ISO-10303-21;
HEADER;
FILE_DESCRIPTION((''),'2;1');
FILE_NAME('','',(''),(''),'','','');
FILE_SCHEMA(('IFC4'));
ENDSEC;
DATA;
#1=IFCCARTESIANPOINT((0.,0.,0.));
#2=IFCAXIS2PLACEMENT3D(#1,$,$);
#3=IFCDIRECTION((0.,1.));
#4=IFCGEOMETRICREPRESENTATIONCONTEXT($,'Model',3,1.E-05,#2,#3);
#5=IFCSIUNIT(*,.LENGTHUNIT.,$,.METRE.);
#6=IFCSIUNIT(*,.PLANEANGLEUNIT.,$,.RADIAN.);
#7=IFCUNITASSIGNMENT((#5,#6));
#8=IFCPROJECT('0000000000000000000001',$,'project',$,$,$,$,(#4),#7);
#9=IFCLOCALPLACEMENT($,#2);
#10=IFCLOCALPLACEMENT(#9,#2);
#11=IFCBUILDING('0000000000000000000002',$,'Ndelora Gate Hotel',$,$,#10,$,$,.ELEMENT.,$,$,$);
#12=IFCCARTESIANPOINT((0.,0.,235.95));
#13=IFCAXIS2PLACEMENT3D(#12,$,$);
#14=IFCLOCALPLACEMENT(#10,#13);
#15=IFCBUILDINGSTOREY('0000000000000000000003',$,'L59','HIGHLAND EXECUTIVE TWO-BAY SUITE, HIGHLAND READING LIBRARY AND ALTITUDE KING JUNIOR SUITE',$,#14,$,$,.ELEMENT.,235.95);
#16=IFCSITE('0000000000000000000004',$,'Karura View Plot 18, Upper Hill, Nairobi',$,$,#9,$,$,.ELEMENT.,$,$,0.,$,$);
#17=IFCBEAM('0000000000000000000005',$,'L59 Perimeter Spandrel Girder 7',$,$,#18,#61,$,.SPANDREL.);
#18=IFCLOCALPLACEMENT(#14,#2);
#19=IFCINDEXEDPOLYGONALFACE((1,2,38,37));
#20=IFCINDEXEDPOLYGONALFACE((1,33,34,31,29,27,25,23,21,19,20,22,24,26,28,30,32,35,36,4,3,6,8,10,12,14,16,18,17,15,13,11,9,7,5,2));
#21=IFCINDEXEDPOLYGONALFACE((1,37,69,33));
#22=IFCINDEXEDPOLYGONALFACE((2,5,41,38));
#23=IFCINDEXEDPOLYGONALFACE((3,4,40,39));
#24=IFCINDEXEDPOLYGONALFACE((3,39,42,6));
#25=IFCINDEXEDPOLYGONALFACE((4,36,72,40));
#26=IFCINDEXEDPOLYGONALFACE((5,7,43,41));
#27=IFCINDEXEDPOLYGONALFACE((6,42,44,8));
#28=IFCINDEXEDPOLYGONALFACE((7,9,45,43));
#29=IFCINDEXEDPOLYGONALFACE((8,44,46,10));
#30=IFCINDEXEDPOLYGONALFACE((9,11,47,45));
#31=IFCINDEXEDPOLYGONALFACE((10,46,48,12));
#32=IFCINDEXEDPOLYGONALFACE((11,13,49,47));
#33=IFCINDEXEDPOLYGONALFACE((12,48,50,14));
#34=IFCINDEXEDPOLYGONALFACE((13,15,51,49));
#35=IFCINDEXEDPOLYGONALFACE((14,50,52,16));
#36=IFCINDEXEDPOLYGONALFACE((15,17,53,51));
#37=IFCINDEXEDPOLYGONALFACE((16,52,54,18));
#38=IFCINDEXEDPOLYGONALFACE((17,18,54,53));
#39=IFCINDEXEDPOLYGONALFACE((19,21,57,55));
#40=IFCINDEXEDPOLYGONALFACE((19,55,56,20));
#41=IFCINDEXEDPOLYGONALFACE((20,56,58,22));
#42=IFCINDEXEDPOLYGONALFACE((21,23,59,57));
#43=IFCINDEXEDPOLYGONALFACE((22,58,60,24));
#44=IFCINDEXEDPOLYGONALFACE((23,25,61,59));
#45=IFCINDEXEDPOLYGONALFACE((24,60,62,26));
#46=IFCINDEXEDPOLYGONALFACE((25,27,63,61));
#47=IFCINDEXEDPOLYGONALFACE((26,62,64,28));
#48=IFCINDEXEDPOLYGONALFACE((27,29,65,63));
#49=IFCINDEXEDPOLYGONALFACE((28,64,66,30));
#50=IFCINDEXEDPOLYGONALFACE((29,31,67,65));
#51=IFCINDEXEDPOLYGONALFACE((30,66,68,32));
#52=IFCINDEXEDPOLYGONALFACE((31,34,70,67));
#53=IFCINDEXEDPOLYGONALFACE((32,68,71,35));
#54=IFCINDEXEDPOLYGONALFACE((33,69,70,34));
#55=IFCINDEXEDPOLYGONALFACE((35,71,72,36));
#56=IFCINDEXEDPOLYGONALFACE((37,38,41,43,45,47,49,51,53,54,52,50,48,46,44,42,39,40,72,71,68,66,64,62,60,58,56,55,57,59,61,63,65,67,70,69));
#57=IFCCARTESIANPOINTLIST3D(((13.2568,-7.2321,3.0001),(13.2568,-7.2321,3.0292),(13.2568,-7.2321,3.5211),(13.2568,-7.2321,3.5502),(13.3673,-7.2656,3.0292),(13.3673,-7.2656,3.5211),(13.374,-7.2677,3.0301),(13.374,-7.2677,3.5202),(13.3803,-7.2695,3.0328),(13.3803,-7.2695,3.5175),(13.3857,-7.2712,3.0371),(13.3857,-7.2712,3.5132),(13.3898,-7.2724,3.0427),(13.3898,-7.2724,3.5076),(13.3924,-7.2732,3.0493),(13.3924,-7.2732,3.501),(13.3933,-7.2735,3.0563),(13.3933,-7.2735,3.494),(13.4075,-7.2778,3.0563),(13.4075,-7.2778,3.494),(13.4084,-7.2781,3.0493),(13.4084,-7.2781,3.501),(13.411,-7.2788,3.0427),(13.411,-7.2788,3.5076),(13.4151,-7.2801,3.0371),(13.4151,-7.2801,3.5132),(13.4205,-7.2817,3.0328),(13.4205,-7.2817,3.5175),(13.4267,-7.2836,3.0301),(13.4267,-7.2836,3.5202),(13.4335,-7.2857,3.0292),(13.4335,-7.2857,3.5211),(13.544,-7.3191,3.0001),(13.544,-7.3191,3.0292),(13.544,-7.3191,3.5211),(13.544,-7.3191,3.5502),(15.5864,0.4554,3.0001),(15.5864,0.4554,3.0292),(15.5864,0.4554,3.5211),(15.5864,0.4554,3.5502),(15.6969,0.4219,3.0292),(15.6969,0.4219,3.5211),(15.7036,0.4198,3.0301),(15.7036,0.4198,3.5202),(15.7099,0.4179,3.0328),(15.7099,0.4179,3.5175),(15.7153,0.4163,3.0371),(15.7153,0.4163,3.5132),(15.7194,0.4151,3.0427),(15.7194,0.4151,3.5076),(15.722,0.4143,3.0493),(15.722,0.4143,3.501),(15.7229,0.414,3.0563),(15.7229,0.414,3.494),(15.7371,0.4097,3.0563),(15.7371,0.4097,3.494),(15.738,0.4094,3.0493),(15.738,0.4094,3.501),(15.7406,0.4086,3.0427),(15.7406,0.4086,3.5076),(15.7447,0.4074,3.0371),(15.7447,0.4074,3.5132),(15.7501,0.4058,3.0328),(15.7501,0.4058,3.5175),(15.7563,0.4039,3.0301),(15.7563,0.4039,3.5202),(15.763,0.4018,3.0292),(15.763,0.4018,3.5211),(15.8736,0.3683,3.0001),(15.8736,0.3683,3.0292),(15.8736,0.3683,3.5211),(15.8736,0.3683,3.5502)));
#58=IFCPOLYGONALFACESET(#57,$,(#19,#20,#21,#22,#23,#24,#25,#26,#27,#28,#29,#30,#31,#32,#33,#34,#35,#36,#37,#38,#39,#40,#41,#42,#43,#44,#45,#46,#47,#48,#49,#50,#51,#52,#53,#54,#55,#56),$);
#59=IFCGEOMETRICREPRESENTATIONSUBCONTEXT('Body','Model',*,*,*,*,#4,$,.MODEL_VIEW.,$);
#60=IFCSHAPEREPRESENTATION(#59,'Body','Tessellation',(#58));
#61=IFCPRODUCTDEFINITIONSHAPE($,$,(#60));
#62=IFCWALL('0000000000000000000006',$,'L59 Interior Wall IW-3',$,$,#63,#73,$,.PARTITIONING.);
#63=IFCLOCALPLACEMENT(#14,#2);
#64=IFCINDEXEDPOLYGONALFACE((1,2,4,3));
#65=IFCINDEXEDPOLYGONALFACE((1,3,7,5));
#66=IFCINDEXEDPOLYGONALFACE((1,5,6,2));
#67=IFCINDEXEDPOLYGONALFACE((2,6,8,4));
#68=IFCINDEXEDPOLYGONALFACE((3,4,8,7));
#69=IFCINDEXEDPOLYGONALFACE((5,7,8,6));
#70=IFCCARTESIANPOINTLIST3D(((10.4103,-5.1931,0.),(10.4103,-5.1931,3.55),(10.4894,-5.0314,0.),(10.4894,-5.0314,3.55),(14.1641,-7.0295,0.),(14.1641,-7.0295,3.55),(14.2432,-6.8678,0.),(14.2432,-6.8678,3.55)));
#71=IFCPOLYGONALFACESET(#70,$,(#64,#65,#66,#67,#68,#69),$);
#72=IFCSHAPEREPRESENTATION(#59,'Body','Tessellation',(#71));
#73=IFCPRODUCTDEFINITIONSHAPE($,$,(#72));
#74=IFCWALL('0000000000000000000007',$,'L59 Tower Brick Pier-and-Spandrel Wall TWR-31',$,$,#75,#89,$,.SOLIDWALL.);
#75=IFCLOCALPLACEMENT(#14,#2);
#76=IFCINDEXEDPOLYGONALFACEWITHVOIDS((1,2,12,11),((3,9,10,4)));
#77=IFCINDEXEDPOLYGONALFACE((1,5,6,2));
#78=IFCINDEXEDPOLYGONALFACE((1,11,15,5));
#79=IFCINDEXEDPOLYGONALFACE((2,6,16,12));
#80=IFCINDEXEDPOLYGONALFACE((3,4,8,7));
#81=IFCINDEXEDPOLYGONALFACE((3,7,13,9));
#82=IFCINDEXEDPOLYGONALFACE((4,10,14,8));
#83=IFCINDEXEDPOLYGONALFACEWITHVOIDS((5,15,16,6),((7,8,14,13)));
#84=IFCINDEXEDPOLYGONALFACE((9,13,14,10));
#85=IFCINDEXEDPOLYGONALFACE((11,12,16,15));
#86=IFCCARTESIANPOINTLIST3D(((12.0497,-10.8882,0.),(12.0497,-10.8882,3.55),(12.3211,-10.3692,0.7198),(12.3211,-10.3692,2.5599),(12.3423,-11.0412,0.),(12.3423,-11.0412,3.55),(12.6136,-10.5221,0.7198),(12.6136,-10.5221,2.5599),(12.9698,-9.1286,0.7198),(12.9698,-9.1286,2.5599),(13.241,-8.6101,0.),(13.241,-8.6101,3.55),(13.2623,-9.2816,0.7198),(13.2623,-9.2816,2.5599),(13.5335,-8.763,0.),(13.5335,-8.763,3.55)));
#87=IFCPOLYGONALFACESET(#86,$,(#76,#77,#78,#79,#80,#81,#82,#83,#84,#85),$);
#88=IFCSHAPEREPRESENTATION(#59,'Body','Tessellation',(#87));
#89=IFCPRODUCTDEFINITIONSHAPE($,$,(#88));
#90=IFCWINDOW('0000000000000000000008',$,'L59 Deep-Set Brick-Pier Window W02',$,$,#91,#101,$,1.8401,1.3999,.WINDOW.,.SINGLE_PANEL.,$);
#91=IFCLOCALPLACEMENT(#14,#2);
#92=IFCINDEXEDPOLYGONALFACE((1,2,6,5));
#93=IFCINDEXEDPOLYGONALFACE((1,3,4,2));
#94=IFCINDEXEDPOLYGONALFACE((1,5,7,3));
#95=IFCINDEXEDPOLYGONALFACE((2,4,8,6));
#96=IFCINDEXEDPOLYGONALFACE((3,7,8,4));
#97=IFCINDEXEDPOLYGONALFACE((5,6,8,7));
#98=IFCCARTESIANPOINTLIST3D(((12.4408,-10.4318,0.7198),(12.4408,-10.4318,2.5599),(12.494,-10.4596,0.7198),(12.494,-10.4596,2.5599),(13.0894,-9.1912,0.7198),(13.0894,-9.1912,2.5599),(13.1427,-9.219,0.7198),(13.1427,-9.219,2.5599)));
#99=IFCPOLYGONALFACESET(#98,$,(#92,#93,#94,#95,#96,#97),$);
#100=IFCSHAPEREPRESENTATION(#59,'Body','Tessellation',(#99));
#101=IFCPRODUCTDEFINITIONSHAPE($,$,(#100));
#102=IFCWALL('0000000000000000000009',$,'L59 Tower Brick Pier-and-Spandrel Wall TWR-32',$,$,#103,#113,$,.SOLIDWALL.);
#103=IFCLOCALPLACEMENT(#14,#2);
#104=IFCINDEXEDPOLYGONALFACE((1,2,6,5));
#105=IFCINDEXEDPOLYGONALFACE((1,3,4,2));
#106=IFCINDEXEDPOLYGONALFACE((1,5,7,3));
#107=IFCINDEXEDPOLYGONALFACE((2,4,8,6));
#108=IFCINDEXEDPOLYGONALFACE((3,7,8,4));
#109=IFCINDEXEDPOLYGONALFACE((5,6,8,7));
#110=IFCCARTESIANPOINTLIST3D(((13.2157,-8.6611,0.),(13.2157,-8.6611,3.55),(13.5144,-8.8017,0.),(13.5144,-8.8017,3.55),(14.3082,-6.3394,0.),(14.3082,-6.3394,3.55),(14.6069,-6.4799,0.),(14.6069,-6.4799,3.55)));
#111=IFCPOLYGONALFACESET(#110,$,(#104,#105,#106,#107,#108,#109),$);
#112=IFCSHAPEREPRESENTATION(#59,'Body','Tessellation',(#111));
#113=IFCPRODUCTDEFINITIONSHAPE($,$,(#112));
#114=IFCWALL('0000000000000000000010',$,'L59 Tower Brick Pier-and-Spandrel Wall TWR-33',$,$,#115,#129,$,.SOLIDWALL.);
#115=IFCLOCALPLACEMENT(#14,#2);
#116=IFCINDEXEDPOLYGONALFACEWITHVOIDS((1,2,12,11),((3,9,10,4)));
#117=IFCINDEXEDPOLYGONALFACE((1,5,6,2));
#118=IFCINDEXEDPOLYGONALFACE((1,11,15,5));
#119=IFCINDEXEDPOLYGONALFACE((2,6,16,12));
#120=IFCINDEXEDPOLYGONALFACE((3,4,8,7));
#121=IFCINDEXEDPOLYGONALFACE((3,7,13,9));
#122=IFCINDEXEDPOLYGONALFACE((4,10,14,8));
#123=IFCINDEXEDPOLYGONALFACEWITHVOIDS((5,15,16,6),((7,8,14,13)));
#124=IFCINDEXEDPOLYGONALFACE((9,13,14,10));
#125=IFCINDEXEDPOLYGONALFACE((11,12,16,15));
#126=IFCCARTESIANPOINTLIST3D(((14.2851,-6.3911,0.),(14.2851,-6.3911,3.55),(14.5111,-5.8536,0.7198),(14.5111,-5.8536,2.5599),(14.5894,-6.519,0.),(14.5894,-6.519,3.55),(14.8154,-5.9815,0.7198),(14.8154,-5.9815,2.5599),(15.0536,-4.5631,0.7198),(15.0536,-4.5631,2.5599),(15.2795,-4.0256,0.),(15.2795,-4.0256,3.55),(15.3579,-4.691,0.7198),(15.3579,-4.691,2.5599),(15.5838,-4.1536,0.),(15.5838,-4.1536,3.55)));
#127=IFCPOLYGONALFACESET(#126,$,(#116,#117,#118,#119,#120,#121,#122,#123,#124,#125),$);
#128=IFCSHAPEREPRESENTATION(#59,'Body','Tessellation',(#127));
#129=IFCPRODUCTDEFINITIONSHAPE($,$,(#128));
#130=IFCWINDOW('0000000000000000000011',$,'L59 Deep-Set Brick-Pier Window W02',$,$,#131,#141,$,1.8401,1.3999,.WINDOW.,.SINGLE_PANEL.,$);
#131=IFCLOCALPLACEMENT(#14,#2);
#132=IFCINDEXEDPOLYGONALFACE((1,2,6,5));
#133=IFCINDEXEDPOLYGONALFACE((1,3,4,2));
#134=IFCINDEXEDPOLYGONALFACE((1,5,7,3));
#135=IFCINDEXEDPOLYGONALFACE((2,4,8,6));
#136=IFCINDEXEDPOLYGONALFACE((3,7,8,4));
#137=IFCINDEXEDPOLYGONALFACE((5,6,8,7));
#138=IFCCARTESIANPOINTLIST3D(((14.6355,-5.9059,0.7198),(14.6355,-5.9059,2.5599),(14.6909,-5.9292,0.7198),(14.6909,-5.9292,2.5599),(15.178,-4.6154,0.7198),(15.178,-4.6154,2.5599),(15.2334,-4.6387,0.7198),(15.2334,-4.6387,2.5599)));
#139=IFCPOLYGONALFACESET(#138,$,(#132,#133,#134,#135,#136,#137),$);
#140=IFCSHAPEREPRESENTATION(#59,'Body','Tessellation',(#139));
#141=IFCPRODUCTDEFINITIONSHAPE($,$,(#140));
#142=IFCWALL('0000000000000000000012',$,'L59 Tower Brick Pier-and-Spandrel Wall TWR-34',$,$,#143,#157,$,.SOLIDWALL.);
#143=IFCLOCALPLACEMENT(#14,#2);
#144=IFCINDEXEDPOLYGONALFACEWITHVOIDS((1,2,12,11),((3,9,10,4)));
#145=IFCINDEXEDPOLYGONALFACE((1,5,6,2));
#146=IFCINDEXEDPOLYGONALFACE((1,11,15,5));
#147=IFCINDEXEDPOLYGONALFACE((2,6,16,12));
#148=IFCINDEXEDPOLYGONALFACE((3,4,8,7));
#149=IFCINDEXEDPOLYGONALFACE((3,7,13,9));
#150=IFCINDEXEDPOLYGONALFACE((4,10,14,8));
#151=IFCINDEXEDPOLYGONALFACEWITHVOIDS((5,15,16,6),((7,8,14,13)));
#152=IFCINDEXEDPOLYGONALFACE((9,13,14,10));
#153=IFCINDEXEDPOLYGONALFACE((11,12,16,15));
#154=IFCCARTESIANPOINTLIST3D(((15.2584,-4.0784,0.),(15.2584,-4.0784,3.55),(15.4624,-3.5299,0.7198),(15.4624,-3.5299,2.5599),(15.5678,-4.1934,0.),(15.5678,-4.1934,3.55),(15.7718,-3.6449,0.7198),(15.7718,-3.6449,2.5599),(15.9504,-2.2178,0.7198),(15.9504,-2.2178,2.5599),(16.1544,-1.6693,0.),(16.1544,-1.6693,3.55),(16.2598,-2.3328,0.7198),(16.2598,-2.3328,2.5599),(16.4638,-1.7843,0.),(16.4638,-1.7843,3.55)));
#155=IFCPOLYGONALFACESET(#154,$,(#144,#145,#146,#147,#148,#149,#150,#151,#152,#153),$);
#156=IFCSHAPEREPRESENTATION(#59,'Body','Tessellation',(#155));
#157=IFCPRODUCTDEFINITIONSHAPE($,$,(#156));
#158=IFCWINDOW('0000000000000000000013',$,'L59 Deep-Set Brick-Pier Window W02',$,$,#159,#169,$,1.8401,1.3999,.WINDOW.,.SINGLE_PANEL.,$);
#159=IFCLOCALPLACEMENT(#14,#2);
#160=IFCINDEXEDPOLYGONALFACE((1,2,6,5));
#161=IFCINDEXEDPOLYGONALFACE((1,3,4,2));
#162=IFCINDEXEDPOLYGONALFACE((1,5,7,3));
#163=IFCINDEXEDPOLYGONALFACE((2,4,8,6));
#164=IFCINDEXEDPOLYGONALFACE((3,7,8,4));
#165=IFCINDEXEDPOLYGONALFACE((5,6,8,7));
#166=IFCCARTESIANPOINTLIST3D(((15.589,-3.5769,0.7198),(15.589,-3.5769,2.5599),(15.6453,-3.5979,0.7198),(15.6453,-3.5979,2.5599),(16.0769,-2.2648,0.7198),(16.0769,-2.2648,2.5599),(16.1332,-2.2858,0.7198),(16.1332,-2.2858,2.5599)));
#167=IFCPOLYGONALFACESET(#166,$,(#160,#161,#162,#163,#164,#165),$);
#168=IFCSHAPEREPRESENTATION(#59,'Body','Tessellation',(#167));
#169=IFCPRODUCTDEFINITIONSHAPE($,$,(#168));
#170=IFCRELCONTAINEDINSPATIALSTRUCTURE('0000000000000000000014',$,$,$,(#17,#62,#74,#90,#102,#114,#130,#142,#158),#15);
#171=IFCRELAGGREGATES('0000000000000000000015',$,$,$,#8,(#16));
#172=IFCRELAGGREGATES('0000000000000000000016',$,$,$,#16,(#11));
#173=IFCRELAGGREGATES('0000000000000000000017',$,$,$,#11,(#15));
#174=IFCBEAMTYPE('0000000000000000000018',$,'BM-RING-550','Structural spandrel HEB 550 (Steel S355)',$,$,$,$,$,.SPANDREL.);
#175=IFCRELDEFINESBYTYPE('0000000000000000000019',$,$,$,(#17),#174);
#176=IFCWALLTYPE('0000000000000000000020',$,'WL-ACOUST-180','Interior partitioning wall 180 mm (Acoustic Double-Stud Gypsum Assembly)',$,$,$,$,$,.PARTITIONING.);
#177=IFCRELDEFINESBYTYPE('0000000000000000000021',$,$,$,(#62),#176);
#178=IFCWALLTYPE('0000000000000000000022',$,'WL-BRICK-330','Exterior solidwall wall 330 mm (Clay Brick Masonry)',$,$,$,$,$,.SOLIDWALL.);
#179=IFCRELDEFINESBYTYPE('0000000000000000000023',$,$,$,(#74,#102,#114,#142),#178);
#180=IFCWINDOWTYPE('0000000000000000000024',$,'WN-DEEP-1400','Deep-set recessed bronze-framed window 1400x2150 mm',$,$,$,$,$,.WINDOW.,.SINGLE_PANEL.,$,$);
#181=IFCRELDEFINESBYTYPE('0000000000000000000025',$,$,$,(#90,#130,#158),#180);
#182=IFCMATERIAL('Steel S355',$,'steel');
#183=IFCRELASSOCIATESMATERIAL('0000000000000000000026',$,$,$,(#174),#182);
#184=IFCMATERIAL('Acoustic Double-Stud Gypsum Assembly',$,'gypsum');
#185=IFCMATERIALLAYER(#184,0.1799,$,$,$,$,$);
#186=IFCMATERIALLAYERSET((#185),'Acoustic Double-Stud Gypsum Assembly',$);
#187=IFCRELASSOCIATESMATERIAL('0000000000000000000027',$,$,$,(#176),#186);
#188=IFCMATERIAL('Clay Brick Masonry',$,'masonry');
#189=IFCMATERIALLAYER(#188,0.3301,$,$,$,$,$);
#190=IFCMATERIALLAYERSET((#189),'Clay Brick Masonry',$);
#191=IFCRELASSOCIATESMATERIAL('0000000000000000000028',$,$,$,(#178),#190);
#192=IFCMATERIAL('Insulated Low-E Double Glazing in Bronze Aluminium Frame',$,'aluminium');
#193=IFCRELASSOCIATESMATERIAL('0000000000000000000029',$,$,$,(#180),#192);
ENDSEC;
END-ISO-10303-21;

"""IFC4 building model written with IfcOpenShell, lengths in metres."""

from ifc_helpers import new_model, si_unit, direction, frame, frame_2d, origin, origin_2d, place, context, subcontext, project, spatial, rectangle, i_section, extrude, material, layer, layer_set, material_profile, profile_set, type_object, element, fill, save


model = new_model("IFC4")

# Units and contexts
model_context = context("Model", 3, precision=1e-05, world=origin(), true_north=direction((0.0, 1.0)))
body_context = subcontext(model_context, "Body", "Model", "MODEL_VIEW")
ifc_project = project(units=[si_unit("LENGTHUNIT", "METRE"), si_unit("PLANEANGLEUNIT", "RADIAN")], contexts=[model_context])

# Site, building, storey
site_placement = place(None, origin())
site = spatial("IfcSite", under=ifc_project, at=site_placement, Name="Karura View Plot 18, Upper Hill, Nairobi", CompositionType="ELEMENT", RefElevation=0.0)
building_placement = place(site_placement, origin())
building = spatial("IfcBuilding", under=site, at=building_placement, Name="Ndelora Gate Hotel", CompositionType="ELEMENT")
storey_placement = place(building_placement, frame((0.0, 0.0, 235.95)))
storey = spatial("IfcBuildingStorey", under=building, at=storey_placement, Name="L59", Description="HIGHLAND EXECUTIVE TWO-BAY SUITE, HIGHLAND READING LIBRARY AND ALTITUDE KING JUNIOR SUITE", CompositionType="ELEMENT", Elevation=235.95)

# Beam
ifc_material_1 = material(Name="Steel S355", Category="steel")
ifc_material_profile_1 = material_profile(ifc_material_1, i_section(OverallWidth=0.3, OverallDepth=0.55, WebThickness=0.0149, FlangeThickness=0.0291, FilletRadius=0.0271, at=origin_2d()), Name="HEB 550")
ifc_profile_set_1 = profile_set([ifc_material_profile_1], Name="Steel S355")
beam_type_1 = type_object("IfcBeamType", Name="BM-RING-550", Description="Structural spandrel HEB 550 (Steel S355)", PredefinedType="SPANDREL", material=ifc_profile_set_1)
beam_1_placement = place(storey_placement, frame((13.4004, -7.2756, 3.2751), z_axis=(0.290012, 0.957023, 0.0), x_axis=(-0.957023, 0.290012, 0.0)))
element("IfcBeam", 1, at=beam_1_placement, inside=storey, type_object=beam_type_1, Name="L59 Perimeter Spandrel Girder 7", PredefinedType="SPANDREL", context=body_context, shape_type="SweptSolid", body=[
    extrude(i_section(OverallWidth=0.3, OverallDepth=0.55, WebThickness=0.0149, FlangeThickness=0.0291, FilletRadius=0.0271, at=origin_2d()), origin(), (0.0, 0.0, 1.0), 8.0327),
])

# Wall
ifc_material_2 = material(Name="Acoustic Double-Stud Gypsum Assembly", Category="gypsum")
ifc_layer_1 = layer(ifc_material_2, 0.1799)
ifc_layer_set_1 = layer_set([ifc_layer_1], Name="Acoustic Double-Stud Gypsum Assembly")
wall_type_1 = type_object("IfcWallType", Name="WL-ACOUST-180", Description="Interior partitioning wall 180 mm (Acoustic Double-Stud Gypsum Assembly)", PredefinedType="PARTITIONING", material=ifc_layer_set_1)
wall_1_placement = place(storey_placement, frame((10.45, -5.1123, 0.0), z_axis=(0.0, 0.0, 1.0), x_axis=(0.898273, -0.439439, 0.0)))
element("IfcWall", 2, at=wall_1_placement, inside=storey, type_object=wall_type_1, Name="L59 Interior Wall IW-3", PredefinedType="PARTITIONING", context=body_context, shape_type="SweptSolid", body=[
    extrude(rectangle(XDim=4.179, YDim=0.1799, at=frame_2d((2.0894, 0.0))), origin(), (0.0, 0.0, 1.0), 3.55),
])

# Wall, opening, window
ifc_material_3 = material(Name="Clay Brick Masonry", Category="masonry")
ifc_layer_2 = layer(ifc_material_3, 0.3301)
ifc_layer_set_2 = layer_set([ifc_layer_2], Name="Clay Brick Masonry")
wall_type_2 = type_object("IfcWallType", Name="WL-BRICK-330", Description="Exterior solidwall wall 330 mm (Clay Brick Masonry)", PredefinedType="SOLIDWALL", material=ifc_layer_set_2)
wall_2_placement = place(storey_placement, frame((13.3872, -8.6865, 0.0), z_axis=(0.0, 0.0, 1.0), x_axis=(-0.463361, -0.88617, 0.0)))
wall_2 = element("IfcWall", 3, at=wall_2_placement, inside=storey, type_object=wall_type_2, Name="L59 Tower Brick Pier-and-Spandrel Wall TWR-31", PredefinedType="SOLIDWALL", context=body_context, shape_type="SweptSolid", body=[
    extrude(rectangle(XDim=2.5708, YDim=0.3301, at=frame_2d((1.2854, 0.0))), origin(), (0.0, 0.0, 1.0), 3.55),
])
opening_1_placement = place(wall_2_placement, frame((0.5852, 0.0, 0.72)))
opening_1 = element("IfcOpeningElement", 4, at=opening_1_placement, cuts=wall_2, PredefinedType="OPENING", context=body_context, shape_type="SweptSolid", body=[
    extrude(rectangle(XDim=1.3999, YDim=1.8401, at=frame_2d((0.7, 0.9199))), frame((0.0, 0.175, 0.0), z_axis=(0.0, -1.0, 0.0), x_axis=(1.0, 0.0, 0.0)), (0.0, 0.0, 1.0), 0.3501),
])
ifc_material_4 = material(Name="Insulated Low-E Double Glazing in Bronze Aluminium Frame", Category="aluminium")
window_type = type_object("IfcWindowType", Name="WN-DEEP-1400", Description="Deep-set recessed bronze-framed window 1400x2150 mm", PartitioningType="SINGLE_PANEL", PredefinedType="WINDOW", material=ifc_material_4)
window_1_placement = place(opening_1_placement, origin())
window_1 = element("IfcWindow", 5, at=window_1_placement, inside=storey, type_object=window_type, Name="L59 Deep-Set Brick-Pier Window W02", OverallHeight=1.8401, OverallWidth=1.3999, PartitioningType="SINGLE_PANEL", PredefinedType="WINDOW", context=body_context, shape_type="SweptSolid", body=[
    extrude(rectangle(XDim=1.3999, YDim=1.8401, at=frame_2d((0.7, 0.9199))), frame((0.0, 0.03, 0.0), z_axis=(0.0, -1.0, 0.0), x_axis=(1.0, 0.0, 0.0)), (0.0, 0.0, 1.0), 0.0601),
])
fill(opening_1, window_1)

# Wall
wall_3_placement = place(storey_placement, frame((14.4575, -6.4097, 0.0), z_axis=(0.0, 0.0, 1.0), x_axis=(-0.425774, -0.904829, 0.0)))
element("IfcWall", 6, at=wall_3_placement, inside=storey, type_object=wall_type_2, Name="L59 Tower Brick Pier-and-Spandrel Wall TWR-32", PredefinedType="SOLIDWALL", context=body_context, shape_type="SweptSolid", body=[
    extrude(rectangle(XDim=2.5659, YDim=0.3301, at=frame_2d((1.283, 0.0))), origin(), (0.0, 0.0, 1.0), 3.55),
])

# Walls, openings, windows
wall_4_placement = place(storey_placement, frame((15.4316, -4.0896, 0.0), z_axis=(0.0, 0.0, 1.0), x_axis=(-0.387525, -0.921859, 0.0)))
wall_4 = element("IfcWall", 7, at=wall_4_placement, inside=storey, type_object=wall_type_2, Name="L59 Tower Brick Pier-and-Spandrel Wall TWR-33", PredefinedType="SOLIDWALL", context=body_context, shape_type="SweptSolid", body=[
    extrude(rectangle(XDim=2.5659, YDim=0.3301, at=frame_2d((1.283, 0.0))), origin(), (0.0, 0.0, 1.0), 3.55),
])
opening_2_placement = place(wall_4_placement, frame((0.583, 0.0, 0.72)))
opening_2 = element("IfcOpeningElement", 8, at=opening_2_placement, cuts=wall_4, PredefinedType="OPENING", context=body_context, shape_type="SweptSolid", body=[
    extrude(rectangle(XDim=1.3999, YDim=1.8401, at=frame_2d((0.7, 0.9199))), frame((0.0, 0.175, 0.0), z_axis=(0.0, -1.0, 0.0), x_axis=(1.0, 0.0, 0.0)), (0.0, 0.0, 1.0), 0.3501),
])
window_2_placement = place(opening_2_placement, origin())
window_2 = element("IfcWindow", 9, at=window_2_placement, inside=storey, type_object=window_type, Name="L59 Deep-Set Brick-Pier Window W02", OverallHeight=1.8401, OverallWidth=1.3999, PartitioningType="SINGLE_PANEL", PredefinedType="WINDOW", context=body_context, shape_type="SweptSolid", body=[
    extrude(rectangle(XDim=1.3999, YDim=1.8401, at=frame_2d((0.7, 0.9199))), frame((0.0, 0.03, 0.0), z_axis=(0.0, -1.0, 0.0), x_axis=(1.0, 0.0, 0.0)), (0.0, 0.0, 1.0), 0.0601),
])
fill(opening_2, window_2)
wall_5_placement = place(storey_placement, frame((16.3091, -1.7268, 0.0), z_axis=(0.0, 0.0, 1.0), x_axis=(-0.348582, -0.937278, 0.0)))
wall_5 = element("IfcWall", 10, at=wall_5_placement, inside=storey, type_object=wall_type_2, Name="L59 Tower Brick Pier-and-Spandrel Wall TWR-34", PredefinedType="SOLIDWALL", context=body_context, shape_type="SweptSolid", body=[
    extrude(rectangle(XDim=2.5703, YDim=0.3301, at=frame_2d((1.2852, 0.0))), origin(), (0.0, 0.0, 1.0), 3.55),
])
opening_3_placement = place(wall_5_placement, frame((0.5852, 0.0, 0.72)))
opening_3 = element("IfcOpeningElement", 11, at=opening_3_placement, cuts=wall_5, PredefinedType="OPENING", context=body_context, shape_type="SweptSolid", body=[
    extrude(rectangle(XDim=1.3999, YDim=1.8401, at=frame_2d((0.7, 0.9199))), frame((0.0, 0.175, 0.0), z_axis=(0.0, -1.0, 0.0), x_axis=(1.0, 0.0, 0.0)), (0.0, 0.0, 1.0), 0.3501),
])
window_3_placement = place(opening_3_placement, origin())
window_3 = element("IfcWindow", 12, at=window_3_placement, inside=storey, type_object=window_type, Name="L59 Deep-Set Brick-Pier Window W02", OverallHeight=1.8401, OverallWidth=1.3999, PartitioningType="SINGLE_PANEL", PredefinedType="WINDOW", context=body_context, shape_type="SweptSolid", body=[
    extrude(rectangle(XDim=1.3999, YDim=1.8401, at=frame_2d((0.7, 0.9199))), frame((0.0, 0.03, 0.0), z_axis=(0.0, -1.0, 0.0), x_axis=(1.0, 0.0, 0.0)), (0.0, 0.0, 1.0), 0.0601),
])
fill(opening_3, window_3)

save(model, "model.ifc")
